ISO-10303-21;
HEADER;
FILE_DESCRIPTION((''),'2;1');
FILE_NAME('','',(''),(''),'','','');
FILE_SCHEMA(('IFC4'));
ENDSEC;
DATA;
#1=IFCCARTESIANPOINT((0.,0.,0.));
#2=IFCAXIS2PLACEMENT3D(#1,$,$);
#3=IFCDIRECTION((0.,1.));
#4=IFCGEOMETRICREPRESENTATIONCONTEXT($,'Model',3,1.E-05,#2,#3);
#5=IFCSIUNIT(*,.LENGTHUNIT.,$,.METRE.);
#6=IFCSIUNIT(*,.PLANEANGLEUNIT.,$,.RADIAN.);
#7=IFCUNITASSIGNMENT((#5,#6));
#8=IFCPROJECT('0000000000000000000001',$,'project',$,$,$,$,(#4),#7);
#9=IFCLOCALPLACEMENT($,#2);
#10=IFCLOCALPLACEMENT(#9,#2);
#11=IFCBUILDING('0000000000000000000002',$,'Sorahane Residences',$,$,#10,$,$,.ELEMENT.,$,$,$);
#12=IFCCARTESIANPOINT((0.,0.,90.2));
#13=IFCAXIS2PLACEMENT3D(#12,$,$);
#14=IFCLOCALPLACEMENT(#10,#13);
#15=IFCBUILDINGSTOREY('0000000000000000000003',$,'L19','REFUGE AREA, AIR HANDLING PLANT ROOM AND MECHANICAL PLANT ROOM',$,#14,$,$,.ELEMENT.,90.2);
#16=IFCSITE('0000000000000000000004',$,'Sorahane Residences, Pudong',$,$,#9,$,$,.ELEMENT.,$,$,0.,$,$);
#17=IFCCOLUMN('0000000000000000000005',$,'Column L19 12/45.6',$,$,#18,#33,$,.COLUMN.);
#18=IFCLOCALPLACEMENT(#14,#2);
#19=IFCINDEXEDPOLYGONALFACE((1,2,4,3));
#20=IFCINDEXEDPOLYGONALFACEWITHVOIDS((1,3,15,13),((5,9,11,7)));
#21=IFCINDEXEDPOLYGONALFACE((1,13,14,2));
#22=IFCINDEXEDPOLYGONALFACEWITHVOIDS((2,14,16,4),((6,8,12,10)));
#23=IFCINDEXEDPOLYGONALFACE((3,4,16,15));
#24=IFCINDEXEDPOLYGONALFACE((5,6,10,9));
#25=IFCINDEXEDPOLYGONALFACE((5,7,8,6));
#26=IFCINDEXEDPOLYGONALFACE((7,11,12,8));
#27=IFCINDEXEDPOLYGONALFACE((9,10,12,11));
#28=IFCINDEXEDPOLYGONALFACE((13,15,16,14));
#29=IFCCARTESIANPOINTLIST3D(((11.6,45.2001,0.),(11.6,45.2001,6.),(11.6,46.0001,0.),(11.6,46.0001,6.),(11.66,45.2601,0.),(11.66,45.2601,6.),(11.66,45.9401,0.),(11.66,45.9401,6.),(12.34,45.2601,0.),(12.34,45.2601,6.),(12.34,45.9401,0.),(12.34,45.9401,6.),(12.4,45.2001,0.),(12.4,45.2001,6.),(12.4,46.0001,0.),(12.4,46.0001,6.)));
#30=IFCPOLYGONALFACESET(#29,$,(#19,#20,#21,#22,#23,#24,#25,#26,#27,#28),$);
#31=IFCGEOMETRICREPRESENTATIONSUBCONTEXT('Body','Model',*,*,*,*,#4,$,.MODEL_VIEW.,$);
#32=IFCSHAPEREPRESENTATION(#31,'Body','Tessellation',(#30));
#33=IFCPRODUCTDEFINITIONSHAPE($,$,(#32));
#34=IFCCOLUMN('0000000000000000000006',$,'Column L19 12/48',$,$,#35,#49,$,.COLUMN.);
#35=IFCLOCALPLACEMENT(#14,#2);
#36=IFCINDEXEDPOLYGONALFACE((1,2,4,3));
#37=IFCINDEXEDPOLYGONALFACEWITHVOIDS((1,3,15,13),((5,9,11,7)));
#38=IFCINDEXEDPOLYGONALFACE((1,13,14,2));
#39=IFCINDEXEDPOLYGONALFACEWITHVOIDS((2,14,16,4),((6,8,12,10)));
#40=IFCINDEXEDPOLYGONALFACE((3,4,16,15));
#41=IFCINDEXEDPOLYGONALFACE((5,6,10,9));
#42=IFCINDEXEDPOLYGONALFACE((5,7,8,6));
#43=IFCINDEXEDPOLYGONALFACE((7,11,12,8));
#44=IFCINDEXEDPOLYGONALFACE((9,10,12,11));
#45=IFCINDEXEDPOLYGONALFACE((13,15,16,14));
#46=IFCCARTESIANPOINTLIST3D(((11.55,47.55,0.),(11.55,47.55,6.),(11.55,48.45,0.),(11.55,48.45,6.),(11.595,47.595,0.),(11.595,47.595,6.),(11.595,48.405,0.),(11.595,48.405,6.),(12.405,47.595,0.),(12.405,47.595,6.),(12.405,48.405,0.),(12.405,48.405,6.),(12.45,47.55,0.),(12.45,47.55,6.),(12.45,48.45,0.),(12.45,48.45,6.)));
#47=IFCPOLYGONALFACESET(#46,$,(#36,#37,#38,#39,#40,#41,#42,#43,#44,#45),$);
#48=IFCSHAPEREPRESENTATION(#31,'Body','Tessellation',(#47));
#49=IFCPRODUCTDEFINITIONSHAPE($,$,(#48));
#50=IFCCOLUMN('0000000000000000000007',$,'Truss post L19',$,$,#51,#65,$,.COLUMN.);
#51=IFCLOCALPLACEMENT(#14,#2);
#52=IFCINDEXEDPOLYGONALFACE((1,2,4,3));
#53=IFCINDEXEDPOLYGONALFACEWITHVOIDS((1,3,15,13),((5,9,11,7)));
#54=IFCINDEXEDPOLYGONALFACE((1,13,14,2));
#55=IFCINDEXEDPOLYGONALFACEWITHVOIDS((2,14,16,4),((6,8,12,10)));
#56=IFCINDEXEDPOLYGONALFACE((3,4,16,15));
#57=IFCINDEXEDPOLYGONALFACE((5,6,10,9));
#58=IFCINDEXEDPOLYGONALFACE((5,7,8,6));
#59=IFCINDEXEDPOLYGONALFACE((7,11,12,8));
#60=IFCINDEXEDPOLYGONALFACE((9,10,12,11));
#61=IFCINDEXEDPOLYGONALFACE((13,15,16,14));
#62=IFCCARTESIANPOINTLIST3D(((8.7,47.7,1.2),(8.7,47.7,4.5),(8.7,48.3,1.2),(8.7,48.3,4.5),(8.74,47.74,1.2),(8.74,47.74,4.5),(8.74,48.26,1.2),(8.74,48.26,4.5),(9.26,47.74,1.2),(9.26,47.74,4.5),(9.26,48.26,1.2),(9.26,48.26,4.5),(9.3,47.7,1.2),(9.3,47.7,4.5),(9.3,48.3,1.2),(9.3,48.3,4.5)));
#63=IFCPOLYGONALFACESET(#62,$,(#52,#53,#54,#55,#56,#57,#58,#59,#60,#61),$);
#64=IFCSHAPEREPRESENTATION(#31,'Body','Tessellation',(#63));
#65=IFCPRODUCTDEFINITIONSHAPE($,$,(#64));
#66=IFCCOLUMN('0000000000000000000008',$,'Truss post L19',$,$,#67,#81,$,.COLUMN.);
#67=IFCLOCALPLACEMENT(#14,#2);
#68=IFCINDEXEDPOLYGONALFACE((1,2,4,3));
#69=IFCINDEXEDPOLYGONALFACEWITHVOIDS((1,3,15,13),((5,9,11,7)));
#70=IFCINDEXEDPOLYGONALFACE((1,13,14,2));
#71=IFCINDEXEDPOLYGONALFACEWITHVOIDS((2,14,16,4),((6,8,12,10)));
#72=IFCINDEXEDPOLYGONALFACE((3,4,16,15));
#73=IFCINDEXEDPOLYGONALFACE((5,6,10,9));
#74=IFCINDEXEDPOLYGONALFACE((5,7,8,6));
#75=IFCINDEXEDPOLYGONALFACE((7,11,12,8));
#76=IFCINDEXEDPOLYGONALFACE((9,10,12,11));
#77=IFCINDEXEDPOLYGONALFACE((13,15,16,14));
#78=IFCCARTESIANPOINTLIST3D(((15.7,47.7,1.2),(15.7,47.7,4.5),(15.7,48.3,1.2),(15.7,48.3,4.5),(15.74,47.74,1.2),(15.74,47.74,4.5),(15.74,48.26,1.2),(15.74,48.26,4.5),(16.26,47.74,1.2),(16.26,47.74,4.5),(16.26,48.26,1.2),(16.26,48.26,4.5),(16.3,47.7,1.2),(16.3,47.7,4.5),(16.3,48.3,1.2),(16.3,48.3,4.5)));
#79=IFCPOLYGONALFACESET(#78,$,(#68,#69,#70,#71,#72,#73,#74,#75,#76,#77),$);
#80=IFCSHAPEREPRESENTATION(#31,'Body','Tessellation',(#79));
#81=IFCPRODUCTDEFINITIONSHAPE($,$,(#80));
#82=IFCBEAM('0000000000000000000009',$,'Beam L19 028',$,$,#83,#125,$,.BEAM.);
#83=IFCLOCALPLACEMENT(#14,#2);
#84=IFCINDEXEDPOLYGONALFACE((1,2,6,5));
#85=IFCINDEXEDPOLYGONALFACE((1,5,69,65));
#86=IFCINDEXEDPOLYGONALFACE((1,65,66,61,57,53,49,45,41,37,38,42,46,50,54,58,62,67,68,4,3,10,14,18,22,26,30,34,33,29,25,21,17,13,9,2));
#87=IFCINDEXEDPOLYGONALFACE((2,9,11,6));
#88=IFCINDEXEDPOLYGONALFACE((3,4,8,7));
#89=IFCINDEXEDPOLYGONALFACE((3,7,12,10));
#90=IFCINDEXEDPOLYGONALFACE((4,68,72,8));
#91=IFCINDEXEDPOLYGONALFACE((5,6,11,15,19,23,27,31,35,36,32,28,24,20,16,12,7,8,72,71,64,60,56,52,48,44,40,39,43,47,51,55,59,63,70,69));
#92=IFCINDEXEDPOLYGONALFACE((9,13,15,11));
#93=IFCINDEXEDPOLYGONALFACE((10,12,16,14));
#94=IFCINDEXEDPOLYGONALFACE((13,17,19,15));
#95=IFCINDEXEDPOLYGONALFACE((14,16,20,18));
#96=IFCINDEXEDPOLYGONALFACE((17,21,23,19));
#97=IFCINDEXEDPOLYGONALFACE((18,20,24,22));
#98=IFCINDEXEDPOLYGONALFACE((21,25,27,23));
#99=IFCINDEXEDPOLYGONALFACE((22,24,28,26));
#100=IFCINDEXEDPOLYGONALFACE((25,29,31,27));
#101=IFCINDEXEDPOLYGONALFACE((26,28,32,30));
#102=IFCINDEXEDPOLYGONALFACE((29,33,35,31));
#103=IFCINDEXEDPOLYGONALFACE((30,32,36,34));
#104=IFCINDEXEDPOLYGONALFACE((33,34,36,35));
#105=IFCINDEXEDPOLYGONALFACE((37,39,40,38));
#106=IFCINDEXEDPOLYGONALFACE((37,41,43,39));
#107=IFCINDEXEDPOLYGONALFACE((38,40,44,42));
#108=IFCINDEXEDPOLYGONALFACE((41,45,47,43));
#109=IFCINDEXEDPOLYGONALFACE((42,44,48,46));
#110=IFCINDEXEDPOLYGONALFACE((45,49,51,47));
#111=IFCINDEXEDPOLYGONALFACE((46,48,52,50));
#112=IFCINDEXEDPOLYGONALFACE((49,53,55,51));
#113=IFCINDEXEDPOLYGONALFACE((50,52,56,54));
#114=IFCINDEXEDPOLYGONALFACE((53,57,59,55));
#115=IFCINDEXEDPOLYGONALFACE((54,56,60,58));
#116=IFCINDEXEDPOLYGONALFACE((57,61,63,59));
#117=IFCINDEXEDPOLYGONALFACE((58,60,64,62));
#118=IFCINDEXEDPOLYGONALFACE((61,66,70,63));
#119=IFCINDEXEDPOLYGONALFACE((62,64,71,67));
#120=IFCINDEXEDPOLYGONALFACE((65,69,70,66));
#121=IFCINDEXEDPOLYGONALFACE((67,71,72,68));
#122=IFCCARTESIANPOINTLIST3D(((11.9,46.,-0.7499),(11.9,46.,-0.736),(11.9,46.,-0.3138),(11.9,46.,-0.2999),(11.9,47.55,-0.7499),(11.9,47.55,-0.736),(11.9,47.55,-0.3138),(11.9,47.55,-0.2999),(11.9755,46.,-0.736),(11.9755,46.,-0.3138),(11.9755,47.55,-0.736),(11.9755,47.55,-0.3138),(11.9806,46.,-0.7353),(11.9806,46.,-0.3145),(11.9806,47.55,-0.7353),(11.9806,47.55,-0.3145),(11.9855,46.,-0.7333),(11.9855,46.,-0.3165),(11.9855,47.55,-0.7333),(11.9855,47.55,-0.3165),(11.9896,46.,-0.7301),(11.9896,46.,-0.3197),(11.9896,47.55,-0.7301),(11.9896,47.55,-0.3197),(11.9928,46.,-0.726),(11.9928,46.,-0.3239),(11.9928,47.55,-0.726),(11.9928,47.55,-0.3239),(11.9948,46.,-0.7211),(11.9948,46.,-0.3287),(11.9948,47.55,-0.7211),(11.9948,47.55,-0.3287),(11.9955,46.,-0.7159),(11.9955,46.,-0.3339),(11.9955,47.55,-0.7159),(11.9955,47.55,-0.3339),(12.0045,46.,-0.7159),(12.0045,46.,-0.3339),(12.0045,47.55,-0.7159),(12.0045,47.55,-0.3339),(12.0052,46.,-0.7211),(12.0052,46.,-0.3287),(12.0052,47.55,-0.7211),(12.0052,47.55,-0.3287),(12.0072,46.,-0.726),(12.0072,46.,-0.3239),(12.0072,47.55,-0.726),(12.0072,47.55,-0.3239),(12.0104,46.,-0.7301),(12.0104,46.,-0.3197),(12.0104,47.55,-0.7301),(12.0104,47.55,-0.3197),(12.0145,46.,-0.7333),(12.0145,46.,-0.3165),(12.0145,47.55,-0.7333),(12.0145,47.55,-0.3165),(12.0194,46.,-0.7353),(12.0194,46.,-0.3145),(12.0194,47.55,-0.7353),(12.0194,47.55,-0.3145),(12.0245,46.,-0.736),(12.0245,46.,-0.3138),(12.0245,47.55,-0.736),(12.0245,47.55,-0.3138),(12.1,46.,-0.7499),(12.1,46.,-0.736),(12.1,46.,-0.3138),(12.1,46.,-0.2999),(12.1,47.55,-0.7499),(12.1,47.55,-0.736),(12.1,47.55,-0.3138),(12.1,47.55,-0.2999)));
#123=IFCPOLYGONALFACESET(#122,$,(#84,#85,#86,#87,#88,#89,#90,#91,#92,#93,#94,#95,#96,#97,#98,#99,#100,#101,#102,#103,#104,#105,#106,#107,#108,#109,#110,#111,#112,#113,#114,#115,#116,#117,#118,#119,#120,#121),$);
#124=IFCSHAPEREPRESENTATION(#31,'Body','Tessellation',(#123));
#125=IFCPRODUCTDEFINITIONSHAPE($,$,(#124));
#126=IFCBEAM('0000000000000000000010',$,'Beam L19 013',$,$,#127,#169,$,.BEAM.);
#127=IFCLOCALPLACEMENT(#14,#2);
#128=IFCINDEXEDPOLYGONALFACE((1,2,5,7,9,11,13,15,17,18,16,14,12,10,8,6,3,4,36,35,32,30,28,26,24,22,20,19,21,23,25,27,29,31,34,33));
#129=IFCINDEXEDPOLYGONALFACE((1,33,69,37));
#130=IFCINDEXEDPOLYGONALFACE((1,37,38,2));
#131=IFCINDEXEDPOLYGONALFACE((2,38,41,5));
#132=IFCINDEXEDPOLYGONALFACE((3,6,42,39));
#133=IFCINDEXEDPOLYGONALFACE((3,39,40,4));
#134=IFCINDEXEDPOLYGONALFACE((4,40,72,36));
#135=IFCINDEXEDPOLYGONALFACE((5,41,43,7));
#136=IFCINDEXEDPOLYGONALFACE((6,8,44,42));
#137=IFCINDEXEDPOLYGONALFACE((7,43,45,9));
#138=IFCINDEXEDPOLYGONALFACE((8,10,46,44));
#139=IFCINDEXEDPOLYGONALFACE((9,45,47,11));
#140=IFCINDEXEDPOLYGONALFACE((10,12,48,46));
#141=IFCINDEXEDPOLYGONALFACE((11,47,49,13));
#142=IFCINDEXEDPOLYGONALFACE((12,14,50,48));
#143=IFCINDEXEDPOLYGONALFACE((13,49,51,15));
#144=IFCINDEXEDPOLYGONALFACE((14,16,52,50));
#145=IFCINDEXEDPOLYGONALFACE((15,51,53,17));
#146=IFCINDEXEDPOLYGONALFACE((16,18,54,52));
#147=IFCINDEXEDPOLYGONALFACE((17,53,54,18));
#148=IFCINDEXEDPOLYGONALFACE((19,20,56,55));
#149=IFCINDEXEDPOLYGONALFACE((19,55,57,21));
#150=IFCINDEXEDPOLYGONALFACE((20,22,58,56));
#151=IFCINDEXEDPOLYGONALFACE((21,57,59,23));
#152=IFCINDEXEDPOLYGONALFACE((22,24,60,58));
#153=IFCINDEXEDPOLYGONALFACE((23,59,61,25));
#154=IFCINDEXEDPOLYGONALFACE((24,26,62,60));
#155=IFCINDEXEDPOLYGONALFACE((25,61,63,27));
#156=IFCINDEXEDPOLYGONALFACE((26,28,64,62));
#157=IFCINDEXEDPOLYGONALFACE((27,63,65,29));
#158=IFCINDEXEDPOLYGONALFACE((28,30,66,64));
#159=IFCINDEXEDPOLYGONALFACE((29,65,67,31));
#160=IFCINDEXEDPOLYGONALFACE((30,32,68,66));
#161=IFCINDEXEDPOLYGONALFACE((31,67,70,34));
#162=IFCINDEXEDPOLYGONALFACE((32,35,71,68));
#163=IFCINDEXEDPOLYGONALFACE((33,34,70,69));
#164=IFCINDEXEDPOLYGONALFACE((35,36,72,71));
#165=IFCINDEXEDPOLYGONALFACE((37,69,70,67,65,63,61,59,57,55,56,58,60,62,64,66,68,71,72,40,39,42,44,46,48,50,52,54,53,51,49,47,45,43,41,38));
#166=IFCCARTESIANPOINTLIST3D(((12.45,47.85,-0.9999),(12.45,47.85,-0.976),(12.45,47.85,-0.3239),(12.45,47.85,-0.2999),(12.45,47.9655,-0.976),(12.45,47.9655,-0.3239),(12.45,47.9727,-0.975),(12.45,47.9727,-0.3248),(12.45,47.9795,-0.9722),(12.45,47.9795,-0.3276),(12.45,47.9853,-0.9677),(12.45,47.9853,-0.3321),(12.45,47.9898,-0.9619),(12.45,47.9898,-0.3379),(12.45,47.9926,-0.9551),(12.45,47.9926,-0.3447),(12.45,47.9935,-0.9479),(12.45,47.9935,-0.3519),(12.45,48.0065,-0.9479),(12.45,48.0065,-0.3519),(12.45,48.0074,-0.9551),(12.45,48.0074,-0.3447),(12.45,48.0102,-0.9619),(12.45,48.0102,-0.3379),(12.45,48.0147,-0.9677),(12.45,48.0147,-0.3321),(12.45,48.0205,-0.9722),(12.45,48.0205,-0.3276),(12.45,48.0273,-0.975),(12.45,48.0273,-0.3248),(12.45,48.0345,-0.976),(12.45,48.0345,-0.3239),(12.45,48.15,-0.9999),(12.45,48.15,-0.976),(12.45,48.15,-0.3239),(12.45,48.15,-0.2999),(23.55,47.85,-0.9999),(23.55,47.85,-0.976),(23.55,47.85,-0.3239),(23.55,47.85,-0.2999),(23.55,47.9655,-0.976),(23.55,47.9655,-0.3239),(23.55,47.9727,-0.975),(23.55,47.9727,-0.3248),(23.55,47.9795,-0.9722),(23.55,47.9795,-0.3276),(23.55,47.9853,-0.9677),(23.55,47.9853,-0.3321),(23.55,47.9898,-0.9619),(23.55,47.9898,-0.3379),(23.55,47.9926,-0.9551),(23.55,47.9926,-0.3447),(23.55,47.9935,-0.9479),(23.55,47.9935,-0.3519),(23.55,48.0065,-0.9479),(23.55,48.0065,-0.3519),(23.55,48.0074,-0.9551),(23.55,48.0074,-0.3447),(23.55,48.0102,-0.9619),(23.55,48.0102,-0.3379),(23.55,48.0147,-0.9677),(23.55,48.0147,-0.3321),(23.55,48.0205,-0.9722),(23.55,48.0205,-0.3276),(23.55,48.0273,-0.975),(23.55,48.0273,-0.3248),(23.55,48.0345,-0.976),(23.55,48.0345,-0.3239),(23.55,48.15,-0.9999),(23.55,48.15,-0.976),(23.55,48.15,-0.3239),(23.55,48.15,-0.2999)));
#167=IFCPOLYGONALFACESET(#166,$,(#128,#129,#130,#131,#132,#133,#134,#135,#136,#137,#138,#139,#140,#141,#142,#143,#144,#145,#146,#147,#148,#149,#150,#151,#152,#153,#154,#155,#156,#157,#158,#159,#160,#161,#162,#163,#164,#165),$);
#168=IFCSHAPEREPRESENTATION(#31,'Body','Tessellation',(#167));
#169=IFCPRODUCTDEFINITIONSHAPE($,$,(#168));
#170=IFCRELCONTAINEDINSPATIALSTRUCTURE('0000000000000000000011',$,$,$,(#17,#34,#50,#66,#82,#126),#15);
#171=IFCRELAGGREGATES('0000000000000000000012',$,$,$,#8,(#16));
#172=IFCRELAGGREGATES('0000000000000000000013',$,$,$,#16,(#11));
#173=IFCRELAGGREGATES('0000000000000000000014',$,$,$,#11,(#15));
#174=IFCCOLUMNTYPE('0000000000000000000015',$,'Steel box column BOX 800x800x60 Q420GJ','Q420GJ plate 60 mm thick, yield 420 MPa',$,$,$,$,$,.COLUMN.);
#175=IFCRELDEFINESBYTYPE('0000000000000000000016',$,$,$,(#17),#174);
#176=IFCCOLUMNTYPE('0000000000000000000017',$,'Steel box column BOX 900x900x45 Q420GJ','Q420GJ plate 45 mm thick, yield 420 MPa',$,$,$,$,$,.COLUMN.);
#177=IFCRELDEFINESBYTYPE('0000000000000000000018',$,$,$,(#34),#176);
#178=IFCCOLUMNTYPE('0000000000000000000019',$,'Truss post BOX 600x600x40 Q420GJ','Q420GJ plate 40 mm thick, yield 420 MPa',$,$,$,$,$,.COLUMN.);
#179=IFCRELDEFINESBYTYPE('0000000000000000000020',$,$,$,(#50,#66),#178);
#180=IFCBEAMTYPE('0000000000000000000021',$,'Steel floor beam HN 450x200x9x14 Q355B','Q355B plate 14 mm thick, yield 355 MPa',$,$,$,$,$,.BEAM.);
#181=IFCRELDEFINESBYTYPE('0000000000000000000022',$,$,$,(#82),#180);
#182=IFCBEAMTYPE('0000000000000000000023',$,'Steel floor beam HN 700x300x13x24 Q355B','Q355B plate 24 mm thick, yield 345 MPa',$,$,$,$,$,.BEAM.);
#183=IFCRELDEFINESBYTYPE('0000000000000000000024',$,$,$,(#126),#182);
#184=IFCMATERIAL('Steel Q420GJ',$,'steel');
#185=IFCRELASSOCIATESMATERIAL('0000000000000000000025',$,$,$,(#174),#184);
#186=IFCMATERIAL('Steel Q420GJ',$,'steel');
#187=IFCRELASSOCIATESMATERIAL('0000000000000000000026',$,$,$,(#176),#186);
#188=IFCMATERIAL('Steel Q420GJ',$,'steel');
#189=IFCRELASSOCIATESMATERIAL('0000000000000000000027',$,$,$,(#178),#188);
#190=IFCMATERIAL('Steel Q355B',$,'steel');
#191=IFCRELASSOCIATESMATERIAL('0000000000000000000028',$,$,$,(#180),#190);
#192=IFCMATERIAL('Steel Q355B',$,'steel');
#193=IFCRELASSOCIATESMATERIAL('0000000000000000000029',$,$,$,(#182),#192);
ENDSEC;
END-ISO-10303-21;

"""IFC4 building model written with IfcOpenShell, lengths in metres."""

from ifc_helpers import new_model, si_unit, direction, frame, origin, origin_2d, place, context, subcontext, project, spatial, hollow_rectangle, i_section, extrude, material, material_profile, profile_set, type_object, element, save


model = new_model("IFC4")

# Units and contexts
model_context = context("Model", 3, precision=1e-05, world=origin(), true_north=direction((0.0, 1.0)))
body_context = subcontext(model_context, "Body", "Model", "MODEL_VIEW")
ifc_project = project(units=[si_unit("LENGTHUNIT", "METRE"), si_unit("PLANEANGLEUNIT", "RADIAN")], contexts=[model_context])

# Site, building, storey
site_placement = place(None, origin())
site = spatial("IfcSite", under=ifc_project, at=site_placement, Name="Sorahane Residences, Pudong", CompositionType="ELEMENT", RefElevation=0.0)
building_placement = place(site_placement, origin())
building = spatial("IfcBuilding", under=site, at=building_placement, Name="Sorahane Residences", CompositionType="ELEMENT")
storey_placement = place(building_placement, frame((0.0, 0.0, 90.2)))
storey = spatial("IfcBuildingStorey", under=building, at=storey_placement, Name="L19", Description="REFUGE AREA, AIR HANDLING PLANT ROOM AND MECHANICAL PLANT ROOM", CompositionType="ELEMENT", Elevation=90.2)

# Columns
ifc_material_1 = material(Name="Steel Q420GJ", Category="steel")
ifc_material_profile_1 = material_profile(ifc_material_1, hollow_rectangle(XDim=0.8, YDim=0.8, WallThickness=0.0601, at=origin_2d()), Name="BOX 800x800x60")
ifc_profile_set_1 = profile_set([ifc_material_profile_1], Name="Steel Q420GJ")
column_type_1 = type_object("IfcColumnType", Name="Steel box column BOX 800x800x60 Q420GJ", Description="Q420GJ plate 60 mm thick, yield 420 MPa", PredefinedType="COLUMN", material=ifc_profile_set_1)
column_1_placement = place(storey_placement, frame((12.0, 45.6001, 0.0), z_axis=(0.0, 0.0, 1.0), x_axis=(1.0, 0.0, 0.0)))
element("IfcColumn", 1, at=column_1_placement, inside=storey, type_object=column_type_1, Name="Column L19 12/45.6", PredefinedType="COLUMN", context=body_context, shape_type="SweptSolid", body=[
    extrude(hollow_rectangle(XDim=0.8, YDim=0.8, WallThickness=0.0601, at=origin_2d()), origin(), (0.0, 0.0, 1.0), 6.0),
])
ifc_material_2 = material(Name="Steel Q420GJ", Category="steel")
ifc_material_profile_2 = material_profile(ifc_material_2, hollow_rectangle(XDim=0.8999, YDim=0.8999, WallThickness=0.0449, at=origin_2d()), Name="BOX 900x900x45")
ifc_profile_set_2 = profile_set([ifc_material_profile_2], Name="Steel Q420GJ")
column_type_2 = type_object("IfcColumnType", Name="Steel box column BOX 900x900x45 Q420GJ", Description="Q420GJ plate 45 mm thick, yield 420 MPa", PredefinedType="COLUMN", material=ifc_profile_set_2)
column_2_placement = place(storey_placement, frame((12.0, 48.0, 0.0), z_axis=(0.0, 0.0, 1.0), x_axis=(1.0, 0.0, 0.0)))
element("IfcColumn", 2, at=column_2_placement, inside=storey, type_object=column_type_2, Name="Column L19 12/48", PredefinedType="COLUMN", context=body_context, shape_type="SweptSolid", body=[
    extrude(hollow_rectangle(XDim=0.8999, YDim=0.8999, WallThickness=0.0449, at=origin_2d()), origin(), (0.0, 0.0, 1.0), 6.0),
])
ifc_material_3 = material(Name="Steel Q420GJ", Category="steel")
ifc_material_profile_3 = material_profile(ifc_material_3, hollow_rectangle(XDim=0.6001, YDim=0.6001, WallThickness=0.04, at=origin_2d()), Name="BOX 600x600x40")
ifc_profile_set_3 = profile_set([ifc_material_profile_3], Name="Steel Q420GJ")
column_type_3 = type_object("IfcColumnType", Name="Truss post BOX 600x600x40 Q420GJ", Description="Q420GJ plate 40 mm thick, yield 420 MPa", PredefinedType="COLUMN", material=ifc_profile_set_3)
for number, where, z_axis, x_axis, name in (
    (3, (9.0, 48.0, 1.2), (0.0, 0.0, 1.0), (1.0, 0.0, 0.0), "Truss post L19"),
    (4, (16.0, 48.0, 1.2), (0.0, 0.0, 1.0), (1.0, 0.0, 0.0), "Truss post L19"),
):
    element("IfcColumn", number, at=place(storey_placement, frame(where, z_axis=z_axis, x_axis=x_axis)), inside=storey, type_object=column_type_3, Name=name, PredefinedType="COLUMN", context=body_context, shape_type="SweptSolid", body=[
        extrude(hollow_rectangle(XDim=0.6001, YDim=0.6001, WallThickness=0.04, at=origin_2d()), origin(), (0.0, 0.0, 1.0), 3.3),
    ])

# Beams
ifc_material_4 = material(Name="Steel Q355B", Category="steel")
ifc_material_profile_4 = material_profile(ifc_material_4, i_section(OverallWidth=0.2, OverallDepth=0.45, WebThickness=0.009, FlangeThickness=0.0139, FilletRadius=0.02, at=origin_2d()), Name="HN 450x200x9x14")
ifc_profile_set_4 = profile_set([ifc_material_profile_4], Name="Steel Q355B")
beam_type_1 = type_object("IfcBeamType", Name="Steel floor beam HN 450x200x9x14 Q355B", Description="Q355B plate 14 mm thick, yield 355 MPa", PredefinedType="BEAM", material=ifc_profile_set_4)
beam_1_placement = place(storey_placement, frame((12.0, 46.0, -0.5249), z_axis=(0.0, 1.0, 0.0), x_axis=(-1.0, 0.0, 0.0)))
element("IfcBeam", 5, at=beam_1_placement, inside=storey, type_object=beam_type_1, Name="Beam L19 028", PredefinedType="BEAM", context=body_context, shape_type="SweptSolid", body=[
    extrude(i_section(OverallWidth=0.2, OverallDepth=0.45, WebThickness=0.009, FlangeThickness=0.0139, FilletRadius=0.02, at=origin_2d()), origin(), (0.0, 0.0, 1.0), 1.55),
])
ifc_material_5 = material(Name="Steel Q355B", Category="steel")
ifc_material_profile_5 = material_profile(ifc_material_5, i_section(OverallWidth=0.3, OverallDepth=0.7, WebThickness=0.0129, FlangeThickness=0.0239, FilletRadius=0.0281, at=origin_2d()), Name="HN 700x300x13x24")
ifc_profile_set_5 = profile_set([ifc_material_profile_5], Name="Steel Q355B")
beam_type_2 = type_object("IfcBeamType", Name="Steel floor beam HN 700x300x13x24 Q355B", Description="Q355B plate 24 mm thick, yield 345 MPa", PredefinedType="BEAM", material=ifc_profile_set_5)
beam_2_placement = place(storey_placement, frame((12.45, 48.0, -0.6499), z_axis=(1.0, 0.0, 0.0), x_axis=(0.0, 1.0, 0.0)))
element("IfcBeam", 6, at=beam_2_placement, inside=storey, type_object=beam_type_2, Name="Beam L19 013", PredefinedType="BEAM", context=body_context, shape_type="SweptSolid", body=[
    extrude(i_section(OverallWidth=0.3, OverallDepth=0.7, WebThickness=0.0129, FlangeThickness=0.0239, FilletRadius=0.0281, at=origin_2d()), origin(), (0.0, 0.0, 1.0), 11.1001),
])

save(model, "model.ifc")
